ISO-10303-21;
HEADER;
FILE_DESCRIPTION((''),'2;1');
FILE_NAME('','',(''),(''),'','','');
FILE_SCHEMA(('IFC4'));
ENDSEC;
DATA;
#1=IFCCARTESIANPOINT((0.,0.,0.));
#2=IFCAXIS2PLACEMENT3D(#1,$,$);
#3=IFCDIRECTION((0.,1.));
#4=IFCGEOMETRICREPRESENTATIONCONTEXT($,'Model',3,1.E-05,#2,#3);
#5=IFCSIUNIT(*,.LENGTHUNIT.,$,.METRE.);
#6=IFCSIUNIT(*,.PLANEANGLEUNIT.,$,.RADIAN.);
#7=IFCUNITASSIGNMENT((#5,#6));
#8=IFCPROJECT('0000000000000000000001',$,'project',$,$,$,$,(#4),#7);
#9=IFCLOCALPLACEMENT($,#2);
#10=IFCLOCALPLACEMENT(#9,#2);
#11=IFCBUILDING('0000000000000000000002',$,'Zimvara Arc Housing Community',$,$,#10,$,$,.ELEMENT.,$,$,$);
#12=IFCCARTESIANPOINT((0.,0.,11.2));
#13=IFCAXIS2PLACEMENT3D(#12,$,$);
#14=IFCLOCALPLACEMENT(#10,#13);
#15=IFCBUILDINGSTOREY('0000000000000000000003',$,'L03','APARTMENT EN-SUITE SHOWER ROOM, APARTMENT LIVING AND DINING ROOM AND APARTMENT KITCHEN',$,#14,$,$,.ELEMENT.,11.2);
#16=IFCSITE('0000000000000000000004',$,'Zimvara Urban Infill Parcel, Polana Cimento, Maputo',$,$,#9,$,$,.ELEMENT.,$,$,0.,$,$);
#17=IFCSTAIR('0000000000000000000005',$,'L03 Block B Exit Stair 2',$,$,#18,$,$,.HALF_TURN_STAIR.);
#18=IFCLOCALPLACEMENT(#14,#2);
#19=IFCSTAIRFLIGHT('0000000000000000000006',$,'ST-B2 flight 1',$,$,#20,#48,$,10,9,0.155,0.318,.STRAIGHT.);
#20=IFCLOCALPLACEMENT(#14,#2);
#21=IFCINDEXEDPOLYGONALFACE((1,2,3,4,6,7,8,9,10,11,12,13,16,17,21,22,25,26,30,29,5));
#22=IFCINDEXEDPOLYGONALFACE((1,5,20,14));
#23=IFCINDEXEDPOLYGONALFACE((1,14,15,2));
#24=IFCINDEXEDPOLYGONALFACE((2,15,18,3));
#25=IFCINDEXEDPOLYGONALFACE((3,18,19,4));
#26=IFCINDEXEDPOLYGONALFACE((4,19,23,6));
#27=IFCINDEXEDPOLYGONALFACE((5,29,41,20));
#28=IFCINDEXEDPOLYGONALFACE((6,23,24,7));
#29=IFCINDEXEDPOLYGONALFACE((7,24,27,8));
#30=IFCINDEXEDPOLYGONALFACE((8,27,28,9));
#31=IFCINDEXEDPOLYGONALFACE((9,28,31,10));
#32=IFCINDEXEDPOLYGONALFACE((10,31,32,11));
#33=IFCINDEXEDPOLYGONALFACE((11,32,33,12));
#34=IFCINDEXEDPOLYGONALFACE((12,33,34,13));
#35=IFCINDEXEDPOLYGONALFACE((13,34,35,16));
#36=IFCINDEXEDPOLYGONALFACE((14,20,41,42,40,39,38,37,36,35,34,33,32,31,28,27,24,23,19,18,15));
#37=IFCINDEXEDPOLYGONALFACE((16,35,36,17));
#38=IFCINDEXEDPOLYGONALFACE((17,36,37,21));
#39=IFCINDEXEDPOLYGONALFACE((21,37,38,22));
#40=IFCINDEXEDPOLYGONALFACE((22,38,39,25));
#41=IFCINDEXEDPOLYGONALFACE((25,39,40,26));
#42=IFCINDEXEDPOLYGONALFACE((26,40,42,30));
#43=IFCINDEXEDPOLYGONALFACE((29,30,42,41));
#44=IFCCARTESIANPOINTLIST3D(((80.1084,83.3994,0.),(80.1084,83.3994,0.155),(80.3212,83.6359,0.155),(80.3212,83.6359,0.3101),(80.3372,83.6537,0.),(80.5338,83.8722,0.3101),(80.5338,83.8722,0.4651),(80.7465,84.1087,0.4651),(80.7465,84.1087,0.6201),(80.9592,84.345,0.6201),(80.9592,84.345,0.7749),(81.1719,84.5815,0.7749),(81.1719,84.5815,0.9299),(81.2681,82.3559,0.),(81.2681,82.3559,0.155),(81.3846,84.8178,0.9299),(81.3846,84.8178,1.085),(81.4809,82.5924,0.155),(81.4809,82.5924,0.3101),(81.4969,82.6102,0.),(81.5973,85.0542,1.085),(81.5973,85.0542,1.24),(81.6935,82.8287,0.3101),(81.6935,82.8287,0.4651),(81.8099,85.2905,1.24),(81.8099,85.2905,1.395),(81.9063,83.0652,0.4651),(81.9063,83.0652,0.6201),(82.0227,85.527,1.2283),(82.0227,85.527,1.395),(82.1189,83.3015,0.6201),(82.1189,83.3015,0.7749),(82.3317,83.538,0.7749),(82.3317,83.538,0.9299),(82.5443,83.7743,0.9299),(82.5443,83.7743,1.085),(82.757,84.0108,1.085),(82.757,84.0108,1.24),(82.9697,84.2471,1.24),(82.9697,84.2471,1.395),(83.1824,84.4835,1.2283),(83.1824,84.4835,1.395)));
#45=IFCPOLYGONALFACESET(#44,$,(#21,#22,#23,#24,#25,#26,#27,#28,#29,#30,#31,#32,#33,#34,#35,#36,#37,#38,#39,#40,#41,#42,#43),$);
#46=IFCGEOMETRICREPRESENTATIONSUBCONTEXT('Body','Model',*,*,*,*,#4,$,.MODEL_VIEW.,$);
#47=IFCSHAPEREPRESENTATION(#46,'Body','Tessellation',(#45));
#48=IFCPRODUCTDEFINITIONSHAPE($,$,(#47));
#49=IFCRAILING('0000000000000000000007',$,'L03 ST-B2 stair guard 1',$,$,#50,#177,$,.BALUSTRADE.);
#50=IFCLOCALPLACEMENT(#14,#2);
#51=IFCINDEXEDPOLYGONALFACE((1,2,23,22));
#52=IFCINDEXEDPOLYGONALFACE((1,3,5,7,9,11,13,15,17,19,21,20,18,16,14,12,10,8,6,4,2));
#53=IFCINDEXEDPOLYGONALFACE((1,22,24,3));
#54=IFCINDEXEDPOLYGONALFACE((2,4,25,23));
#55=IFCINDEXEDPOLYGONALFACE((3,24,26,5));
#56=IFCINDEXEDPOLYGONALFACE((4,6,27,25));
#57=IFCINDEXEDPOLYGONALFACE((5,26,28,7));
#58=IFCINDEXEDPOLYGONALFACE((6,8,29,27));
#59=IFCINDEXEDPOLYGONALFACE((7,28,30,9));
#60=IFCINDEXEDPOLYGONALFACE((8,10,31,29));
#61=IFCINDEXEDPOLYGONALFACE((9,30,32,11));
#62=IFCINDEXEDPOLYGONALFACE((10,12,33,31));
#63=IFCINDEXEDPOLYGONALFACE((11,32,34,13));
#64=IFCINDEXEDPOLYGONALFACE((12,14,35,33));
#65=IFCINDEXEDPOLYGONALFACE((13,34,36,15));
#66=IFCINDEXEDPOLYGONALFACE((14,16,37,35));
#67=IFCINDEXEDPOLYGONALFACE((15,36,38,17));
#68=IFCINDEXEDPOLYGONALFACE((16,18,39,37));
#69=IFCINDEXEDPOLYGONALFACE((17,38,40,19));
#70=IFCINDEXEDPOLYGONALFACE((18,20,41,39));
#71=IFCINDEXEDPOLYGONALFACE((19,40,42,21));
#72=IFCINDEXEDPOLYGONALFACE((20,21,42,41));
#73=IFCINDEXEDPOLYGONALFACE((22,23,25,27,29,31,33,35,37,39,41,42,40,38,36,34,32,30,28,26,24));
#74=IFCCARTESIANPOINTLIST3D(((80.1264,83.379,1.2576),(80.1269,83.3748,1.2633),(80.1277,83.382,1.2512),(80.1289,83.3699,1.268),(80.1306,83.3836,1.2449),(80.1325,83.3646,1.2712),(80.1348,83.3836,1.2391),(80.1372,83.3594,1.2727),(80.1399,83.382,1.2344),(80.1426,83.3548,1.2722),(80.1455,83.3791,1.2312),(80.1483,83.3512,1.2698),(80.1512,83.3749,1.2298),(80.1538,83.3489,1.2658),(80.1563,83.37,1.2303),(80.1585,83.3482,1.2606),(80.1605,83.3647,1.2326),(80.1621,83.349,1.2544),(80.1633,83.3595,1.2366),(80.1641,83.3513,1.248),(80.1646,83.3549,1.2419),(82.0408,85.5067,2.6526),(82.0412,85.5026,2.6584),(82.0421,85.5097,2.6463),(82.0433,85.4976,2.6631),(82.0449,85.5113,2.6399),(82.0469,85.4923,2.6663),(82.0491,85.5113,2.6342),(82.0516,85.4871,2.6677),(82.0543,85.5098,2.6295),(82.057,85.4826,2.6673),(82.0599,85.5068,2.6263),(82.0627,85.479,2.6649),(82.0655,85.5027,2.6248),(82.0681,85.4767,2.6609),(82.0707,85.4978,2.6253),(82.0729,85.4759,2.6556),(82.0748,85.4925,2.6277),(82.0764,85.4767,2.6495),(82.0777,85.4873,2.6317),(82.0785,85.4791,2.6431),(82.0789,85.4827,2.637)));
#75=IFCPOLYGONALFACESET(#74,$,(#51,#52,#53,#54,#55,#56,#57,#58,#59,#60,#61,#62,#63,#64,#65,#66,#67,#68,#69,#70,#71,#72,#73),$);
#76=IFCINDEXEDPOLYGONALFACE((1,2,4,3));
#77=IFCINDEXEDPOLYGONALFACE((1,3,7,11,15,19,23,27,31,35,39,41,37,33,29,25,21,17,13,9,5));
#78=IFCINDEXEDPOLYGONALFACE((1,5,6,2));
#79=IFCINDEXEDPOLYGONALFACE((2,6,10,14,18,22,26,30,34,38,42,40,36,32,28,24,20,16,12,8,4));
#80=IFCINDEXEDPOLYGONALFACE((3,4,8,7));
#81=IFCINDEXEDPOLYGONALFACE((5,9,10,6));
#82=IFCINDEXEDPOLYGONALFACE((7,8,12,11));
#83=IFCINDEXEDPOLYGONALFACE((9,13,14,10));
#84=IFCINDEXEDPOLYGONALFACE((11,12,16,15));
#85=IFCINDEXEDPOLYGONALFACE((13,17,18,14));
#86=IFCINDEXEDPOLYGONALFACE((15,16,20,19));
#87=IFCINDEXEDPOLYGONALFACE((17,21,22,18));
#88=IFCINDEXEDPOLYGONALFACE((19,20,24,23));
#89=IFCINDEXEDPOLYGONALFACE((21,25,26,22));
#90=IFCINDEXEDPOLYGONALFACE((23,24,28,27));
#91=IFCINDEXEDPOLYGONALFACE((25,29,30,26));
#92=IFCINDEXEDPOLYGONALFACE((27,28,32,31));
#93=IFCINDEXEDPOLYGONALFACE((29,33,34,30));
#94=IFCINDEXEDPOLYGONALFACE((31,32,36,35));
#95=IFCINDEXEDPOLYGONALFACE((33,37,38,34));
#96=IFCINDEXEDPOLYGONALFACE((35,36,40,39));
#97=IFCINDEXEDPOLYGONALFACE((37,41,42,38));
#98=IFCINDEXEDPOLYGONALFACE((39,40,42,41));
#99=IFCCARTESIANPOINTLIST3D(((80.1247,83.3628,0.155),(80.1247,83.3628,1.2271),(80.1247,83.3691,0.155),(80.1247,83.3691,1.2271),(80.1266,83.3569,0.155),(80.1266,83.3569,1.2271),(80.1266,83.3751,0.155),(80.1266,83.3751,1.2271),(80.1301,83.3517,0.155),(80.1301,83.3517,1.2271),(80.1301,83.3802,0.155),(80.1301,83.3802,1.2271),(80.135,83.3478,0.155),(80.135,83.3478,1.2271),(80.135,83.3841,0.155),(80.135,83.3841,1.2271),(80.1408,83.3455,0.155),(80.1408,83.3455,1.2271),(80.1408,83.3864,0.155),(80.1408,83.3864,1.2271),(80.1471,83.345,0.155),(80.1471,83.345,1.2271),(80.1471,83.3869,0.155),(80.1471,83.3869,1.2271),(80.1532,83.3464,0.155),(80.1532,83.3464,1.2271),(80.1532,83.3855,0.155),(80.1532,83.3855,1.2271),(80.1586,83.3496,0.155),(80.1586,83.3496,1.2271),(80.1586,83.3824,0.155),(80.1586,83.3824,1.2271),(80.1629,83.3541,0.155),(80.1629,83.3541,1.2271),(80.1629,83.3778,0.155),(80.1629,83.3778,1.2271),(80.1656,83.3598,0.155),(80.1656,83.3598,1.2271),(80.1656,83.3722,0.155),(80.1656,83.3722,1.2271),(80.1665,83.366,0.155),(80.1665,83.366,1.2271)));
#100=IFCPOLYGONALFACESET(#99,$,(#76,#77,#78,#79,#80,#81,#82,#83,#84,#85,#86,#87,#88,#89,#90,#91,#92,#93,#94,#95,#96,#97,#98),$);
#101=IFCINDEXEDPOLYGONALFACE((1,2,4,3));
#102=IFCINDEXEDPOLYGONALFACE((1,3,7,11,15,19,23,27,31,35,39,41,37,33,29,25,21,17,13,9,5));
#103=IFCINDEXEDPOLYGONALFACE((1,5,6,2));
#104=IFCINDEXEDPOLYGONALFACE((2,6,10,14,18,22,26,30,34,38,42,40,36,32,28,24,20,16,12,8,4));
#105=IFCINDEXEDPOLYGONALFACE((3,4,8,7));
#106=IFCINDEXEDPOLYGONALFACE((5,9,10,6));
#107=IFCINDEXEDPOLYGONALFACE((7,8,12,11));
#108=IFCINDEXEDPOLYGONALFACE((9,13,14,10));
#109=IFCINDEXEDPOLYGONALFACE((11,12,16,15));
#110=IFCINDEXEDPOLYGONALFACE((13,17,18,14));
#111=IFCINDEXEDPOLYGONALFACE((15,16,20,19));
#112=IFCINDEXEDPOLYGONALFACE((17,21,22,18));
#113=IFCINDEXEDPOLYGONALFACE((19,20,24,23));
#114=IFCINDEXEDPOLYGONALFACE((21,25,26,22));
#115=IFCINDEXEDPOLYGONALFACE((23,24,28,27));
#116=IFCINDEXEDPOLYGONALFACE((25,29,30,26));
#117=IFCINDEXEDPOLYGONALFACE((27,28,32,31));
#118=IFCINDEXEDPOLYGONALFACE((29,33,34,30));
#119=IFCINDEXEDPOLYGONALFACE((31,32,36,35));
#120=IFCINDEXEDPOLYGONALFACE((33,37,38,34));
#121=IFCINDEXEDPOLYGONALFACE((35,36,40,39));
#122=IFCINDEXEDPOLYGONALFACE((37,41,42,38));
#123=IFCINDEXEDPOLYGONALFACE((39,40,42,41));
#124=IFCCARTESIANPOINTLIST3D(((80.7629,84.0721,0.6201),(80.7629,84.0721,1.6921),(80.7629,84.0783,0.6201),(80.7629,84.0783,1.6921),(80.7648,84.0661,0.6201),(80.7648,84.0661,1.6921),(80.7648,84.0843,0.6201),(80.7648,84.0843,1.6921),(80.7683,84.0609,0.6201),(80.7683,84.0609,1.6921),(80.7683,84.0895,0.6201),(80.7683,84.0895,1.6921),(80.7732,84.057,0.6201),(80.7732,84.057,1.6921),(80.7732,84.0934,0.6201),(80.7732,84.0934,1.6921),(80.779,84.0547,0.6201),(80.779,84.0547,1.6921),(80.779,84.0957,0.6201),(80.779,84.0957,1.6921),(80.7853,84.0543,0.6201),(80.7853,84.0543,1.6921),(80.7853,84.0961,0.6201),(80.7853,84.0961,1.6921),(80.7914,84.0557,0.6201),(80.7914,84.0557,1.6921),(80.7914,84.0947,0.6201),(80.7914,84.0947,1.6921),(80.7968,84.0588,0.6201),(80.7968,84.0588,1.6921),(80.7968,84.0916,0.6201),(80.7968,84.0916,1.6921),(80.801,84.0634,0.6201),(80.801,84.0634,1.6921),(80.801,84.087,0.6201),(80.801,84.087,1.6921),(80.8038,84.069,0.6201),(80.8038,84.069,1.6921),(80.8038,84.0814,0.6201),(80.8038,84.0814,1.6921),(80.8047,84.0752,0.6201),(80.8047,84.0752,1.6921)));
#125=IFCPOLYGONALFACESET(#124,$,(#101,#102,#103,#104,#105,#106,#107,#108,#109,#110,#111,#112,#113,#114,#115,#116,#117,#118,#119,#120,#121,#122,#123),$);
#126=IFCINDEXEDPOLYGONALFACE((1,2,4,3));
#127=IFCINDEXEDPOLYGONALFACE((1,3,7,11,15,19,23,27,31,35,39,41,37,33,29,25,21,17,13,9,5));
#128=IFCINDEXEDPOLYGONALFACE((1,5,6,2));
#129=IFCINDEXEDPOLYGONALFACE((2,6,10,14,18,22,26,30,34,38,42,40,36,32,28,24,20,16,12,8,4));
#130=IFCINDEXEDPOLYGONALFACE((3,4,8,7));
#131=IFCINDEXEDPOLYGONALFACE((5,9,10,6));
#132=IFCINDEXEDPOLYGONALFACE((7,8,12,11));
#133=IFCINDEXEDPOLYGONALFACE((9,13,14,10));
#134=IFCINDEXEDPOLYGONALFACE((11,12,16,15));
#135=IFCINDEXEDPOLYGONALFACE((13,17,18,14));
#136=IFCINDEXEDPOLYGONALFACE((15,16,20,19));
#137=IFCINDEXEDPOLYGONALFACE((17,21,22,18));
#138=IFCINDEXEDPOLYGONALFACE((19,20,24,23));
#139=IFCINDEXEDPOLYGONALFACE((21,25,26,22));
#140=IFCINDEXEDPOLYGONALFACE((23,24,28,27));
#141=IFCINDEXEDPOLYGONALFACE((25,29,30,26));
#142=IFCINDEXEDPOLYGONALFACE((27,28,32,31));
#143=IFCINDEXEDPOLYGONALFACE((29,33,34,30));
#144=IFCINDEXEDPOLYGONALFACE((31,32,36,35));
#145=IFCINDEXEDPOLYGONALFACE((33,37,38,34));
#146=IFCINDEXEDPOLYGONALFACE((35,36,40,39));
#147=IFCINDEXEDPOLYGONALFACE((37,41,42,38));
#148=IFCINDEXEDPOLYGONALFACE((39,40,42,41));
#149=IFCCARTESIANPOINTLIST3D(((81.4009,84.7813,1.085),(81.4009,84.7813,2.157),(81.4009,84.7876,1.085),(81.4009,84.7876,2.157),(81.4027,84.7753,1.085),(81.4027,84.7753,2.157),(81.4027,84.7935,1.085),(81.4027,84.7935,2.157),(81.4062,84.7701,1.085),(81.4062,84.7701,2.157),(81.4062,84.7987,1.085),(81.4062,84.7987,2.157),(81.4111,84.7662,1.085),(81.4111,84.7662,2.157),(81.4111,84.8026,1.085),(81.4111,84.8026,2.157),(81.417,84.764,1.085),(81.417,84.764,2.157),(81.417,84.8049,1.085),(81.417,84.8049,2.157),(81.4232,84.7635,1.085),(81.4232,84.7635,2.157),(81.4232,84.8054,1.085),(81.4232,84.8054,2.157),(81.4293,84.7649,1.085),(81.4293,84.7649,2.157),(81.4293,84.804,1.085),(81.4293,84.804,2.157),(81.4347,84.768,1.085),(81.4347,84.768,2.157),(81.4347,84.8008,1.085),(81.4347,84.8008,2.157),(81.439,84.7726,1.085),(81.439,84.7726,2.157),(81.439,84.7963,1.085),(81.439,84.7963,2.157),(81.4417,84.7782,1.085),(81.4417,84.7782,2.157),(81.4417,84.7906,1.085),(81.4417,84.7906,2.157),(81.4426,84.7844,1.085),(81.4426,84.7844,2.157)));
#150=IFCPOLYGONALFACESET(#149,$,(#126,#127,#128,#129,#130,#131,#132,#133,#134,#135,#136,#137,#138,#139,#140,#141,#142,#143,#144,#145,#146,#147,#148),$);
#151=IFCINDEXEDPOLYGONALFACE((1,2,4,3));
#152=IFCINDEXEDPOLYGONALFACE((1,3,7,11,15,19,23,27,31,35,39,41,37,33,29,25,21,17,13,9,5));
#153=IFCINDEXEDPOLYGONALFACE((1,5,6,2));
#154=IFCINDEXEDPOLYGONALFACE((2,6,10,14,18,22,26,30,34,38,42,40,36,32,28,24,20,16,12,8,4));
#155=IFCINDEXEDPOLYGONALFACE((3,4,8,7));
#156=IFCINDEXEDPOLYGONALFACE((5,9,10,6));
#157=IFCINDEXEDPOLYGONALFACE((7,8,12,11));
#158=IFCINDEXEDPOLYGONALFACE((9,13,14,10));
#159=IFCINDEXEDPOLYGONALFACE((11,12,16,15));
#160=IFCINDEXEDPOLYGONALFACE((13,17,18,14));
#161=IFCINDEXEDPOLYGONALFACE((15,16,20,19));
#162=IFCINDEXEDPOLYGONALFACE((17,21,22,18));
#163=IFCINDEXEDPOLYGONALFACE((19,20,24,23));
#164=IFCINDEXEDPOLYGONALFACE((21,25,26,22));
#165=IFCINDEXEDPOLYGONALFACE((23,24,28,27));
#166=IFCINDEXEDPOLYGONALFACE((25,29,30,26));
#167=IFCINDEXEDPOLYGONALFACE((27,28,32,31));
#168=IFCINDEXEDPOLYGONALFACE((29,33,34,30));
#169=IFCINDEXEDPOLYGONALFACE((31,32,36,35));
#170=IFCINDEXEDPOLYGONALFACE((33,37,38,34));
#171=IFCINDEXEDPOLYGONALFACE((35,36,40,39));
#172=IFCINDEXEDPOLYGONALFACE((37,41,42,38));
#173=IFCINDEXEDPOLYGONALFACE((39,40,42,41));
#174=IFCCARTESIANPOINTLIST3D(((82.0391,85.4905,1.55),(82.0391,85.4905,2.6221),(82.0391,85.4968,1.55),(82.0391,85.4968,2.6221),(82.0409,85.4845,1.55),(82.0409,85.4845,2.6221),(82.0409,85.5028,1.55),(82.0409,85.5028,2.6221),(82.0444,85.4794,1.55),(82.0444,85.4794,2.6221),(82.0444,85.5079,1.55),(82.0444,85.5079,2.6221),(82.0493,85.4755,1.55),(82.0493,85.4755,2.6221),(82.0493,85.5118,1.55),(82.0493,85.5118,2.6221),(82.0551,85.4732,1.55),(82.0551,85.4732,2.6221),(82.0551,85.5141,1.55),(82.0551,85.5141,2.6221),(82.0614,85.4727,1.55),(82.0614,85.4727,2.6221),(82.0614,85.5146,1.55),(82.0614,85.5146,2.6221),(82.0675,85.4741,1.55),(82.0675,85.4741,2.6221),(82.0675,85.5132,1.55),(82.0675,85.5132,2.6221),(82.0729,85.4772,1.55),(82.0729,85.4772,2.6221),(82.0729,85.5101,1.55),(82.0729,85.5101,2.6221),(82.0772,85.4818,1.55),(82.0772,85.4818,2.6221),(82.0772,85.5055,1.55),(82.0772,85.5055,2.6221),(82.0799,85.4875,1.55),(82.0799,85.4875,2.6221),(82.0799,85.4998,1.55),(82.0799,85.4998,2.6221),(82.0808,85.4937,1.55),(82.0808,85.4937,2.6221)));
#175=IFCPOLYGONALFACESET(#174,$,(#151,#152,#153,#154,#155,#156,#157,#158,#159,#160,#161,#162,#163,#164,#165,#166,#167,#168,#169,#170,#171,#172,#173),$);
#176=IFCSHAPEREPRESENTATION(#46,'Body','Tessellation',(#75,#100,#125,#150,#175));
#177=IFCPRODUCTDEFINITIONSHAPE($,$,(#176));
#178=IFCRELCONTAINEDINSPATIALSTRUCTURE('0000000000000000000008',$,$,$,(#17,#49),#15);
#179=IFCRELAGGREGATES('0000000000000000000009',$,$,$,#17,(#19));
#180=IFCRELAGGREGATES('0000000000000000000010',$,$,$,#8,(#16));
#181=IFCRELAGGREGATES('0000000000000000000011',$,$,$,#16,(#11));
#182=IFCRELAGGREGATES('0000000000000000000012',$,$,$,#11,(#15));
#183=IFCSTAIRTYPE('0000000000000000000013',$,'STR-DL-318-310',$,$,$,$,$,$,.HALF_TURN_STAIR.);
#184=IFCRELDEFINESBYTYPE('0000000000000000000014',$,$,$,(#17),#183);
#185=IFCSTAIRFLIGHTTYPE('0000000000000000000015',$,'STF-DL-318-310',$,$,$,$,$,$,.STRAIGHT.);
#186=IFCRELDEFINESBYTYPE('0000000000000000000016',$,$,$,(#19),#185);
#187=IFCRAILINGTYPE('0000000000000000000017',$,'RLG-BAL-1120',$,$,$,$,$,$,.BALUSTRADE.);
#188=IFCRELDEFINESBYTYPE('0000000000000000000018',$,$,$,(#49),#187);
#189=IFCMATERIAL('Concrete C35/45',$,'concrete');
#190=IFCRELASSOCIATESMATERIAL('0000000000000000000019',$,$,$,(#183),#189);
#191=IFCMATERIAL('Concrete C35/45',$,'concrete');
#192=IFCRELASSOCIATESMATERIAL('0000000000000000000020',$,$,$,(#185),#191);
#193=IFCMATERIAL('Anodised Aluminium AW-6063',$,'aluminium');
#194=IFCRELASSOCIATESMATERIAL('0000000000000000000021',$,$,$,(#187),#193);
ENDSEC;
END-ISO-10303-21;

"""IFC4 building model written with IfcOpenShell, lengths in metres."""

from ifc_helpers import new_model, si_unit, direction, frame, origin, origin_2d, place, context, subcontext, project, spatial, polyline, circle, outline, extrude, material, type_object, element, aggregate, save


model = new_model("IFC4")

# Units and contexts
model_context = context("Model", 3, precision=1e-05, world=origin(), true_north=direction((0.0, 1.0)))
body_context = subcontext(model_context, "Body", "Model", "MODEL_VIEW")
ifc_project = project(units=[si_unit("LENGTHUNIT", "METRE"), si_unit("PLANEANGLEUNIT", "RADIAN")], contexts=[model_context])

# Site, building, storey
site_placement = place(None, origin())
site = spatial("IfcSite", under=ifc_project, at=site_placement, Name="Zimvara Urban Infill Parcel, Polana Cimento, Maputo", CompositionType="ELEMENT", RefElevation=0.0)
building_placement = place(site_placement, origin())
building = spatial("IfcBuilding", under=site, at=building_placement, Name="Zimvara Arc Housing Community", CompositionType="ELEMENT")
storey_placement = place(building_placement, frame((0.0, 0.0, 11.2)))
storey = spatial("IfcBuildingStorey", under=building, at=storey_placement, Name="L03", Description="APARTMENT EN-SUITE SHOWER ROOM, APARTMENT LIVING AND DINING ROOM AND APARTMENT KITCHEN", CompositionType="ELEMENT", Elevation=11.2)

# Stair, stair flight
ifc_material_1 = material(Name="Concrete C35/45", Category="concrete")
stair_type = type_object("IfcStairType", Name="STR-DL-318-310", PredefinedType="HALF_TURN_STAIR", material=ifc_material_1)
stair_placement = place(storey_placement, origin())
stair = element("IfcStair", 1, at=stair_placement, inside=storey, type_object=stair_type, Name="L03 Block B Exit Stair 2", PredefinedType="HALF_TURN_STAIR")
ifc_material_2 = material(Name="Concrete C35/45", Category="concrete")
stair_flight_type = type_object("IfcStairFlightType", Name="STF-DL-318-310", PredefinedType="STRAIGHT", material=ifc_material_2)
stair_flight_placement = place(storey_placement, frame((80.6882, 82.8777, 0.0), z_axis=(0.0, 0.0, 1.0), x_axis=(0.668871, 0.743378, 0.0)))
stair_flight = element("IfcStairFlight", 2, at=stair_flight_placement, type_object=stair_flight_type, Name="ST-B2 flight 1", NumberOfRisers=10, NumberOfTreads=9, PredefinedType="STRAIGHT", RiserHeight=0.155, TreadLength=0.318, context=body_context, shape_type="SweptSolid", body=[
    extrude(outline(polyline([(0.0, 0.0), (0.0, 0.155), (0.3181, 0.155), (0.3181, 0.3101), (0.636, 0.3101), (0.636, 0.4651), (0.9541, 0.4651), (0.9541, 0.6201), (1.272, 0.6201), (1.272, 0.7749), (1.5901, 0.7749), (1.5901, 0.9299), (1.908, 0.9299), (1.908, 1.085), (2.2261, 1.085), (2.2261, 1.24), (2.5439, 1.24), (2.5439, 1.395), (2.8621, 1.395), (2.8621, 1.55), (2.8621, 1.2283), (0.342, 0.0), (0.0, 0.0)])), frame((0.0, 0.78, 0.0), z_axis=(0.0, -1.0, 0.0), x_axis=(1.0, 0.0, 0.0)), (0.0, 0.0, 1.0), 1.5601),
])
aggregate(stair, [stair_flight])

# Railing
ifc_material_3 = material(Name="Anodised Aluminium AW-6063", Category="aluminium")
railing_type_1 = type_object("IfcRailingType", Name="RLG-BAL-1120", PredefinedType="BALUSTRADE", material=ifc_material_3)
railing_1_placement = place(storey_placement, frame((80.1455, 83.366, 0.155)))
element("IfcRailing", 3, at=railing_1_placement, inside=storey, type_object=railing_type_1, Name="L03 ST-B2 stair guard 1", PredefinedType="BALUSTRADE", context=body_context, shape_type="SweptSolid", body=[
    extrude(circle(Radius=0.0239, at=origin_2d()), frame((0.0, 0.0, 1.0962), z_axis=(0.601232, 0.668248, 0.438138), x_axis=(-0.7434, 0.668847, 0.0)), (0.0, 0.0, 1.0), 3.1841),
    extrude(circle(Radius=0.021, at=origin_2d()), origin(), (0.0, 0.0, 1.0), 1.072),
    extrude(circle(Radius=0.021, at=origin_2d()), frame((0.6382, 0.7092, 0.4651)), (0.0, 0.0, 1.0), 1.072),
    extrude(circle(Radius=0.021, at=origin_2d()), frame((1.2761, 1.4185, 0.9299)), (0.0, 0.0, 1.0), 1.072),
    extrude(circle(Radius=0.021, at=origin_2d()), frame((1.9143, 2.1277, 1.395)), (0.0, 0.0, 1.0), 1.072),
])

save(model, "model.ifc")
